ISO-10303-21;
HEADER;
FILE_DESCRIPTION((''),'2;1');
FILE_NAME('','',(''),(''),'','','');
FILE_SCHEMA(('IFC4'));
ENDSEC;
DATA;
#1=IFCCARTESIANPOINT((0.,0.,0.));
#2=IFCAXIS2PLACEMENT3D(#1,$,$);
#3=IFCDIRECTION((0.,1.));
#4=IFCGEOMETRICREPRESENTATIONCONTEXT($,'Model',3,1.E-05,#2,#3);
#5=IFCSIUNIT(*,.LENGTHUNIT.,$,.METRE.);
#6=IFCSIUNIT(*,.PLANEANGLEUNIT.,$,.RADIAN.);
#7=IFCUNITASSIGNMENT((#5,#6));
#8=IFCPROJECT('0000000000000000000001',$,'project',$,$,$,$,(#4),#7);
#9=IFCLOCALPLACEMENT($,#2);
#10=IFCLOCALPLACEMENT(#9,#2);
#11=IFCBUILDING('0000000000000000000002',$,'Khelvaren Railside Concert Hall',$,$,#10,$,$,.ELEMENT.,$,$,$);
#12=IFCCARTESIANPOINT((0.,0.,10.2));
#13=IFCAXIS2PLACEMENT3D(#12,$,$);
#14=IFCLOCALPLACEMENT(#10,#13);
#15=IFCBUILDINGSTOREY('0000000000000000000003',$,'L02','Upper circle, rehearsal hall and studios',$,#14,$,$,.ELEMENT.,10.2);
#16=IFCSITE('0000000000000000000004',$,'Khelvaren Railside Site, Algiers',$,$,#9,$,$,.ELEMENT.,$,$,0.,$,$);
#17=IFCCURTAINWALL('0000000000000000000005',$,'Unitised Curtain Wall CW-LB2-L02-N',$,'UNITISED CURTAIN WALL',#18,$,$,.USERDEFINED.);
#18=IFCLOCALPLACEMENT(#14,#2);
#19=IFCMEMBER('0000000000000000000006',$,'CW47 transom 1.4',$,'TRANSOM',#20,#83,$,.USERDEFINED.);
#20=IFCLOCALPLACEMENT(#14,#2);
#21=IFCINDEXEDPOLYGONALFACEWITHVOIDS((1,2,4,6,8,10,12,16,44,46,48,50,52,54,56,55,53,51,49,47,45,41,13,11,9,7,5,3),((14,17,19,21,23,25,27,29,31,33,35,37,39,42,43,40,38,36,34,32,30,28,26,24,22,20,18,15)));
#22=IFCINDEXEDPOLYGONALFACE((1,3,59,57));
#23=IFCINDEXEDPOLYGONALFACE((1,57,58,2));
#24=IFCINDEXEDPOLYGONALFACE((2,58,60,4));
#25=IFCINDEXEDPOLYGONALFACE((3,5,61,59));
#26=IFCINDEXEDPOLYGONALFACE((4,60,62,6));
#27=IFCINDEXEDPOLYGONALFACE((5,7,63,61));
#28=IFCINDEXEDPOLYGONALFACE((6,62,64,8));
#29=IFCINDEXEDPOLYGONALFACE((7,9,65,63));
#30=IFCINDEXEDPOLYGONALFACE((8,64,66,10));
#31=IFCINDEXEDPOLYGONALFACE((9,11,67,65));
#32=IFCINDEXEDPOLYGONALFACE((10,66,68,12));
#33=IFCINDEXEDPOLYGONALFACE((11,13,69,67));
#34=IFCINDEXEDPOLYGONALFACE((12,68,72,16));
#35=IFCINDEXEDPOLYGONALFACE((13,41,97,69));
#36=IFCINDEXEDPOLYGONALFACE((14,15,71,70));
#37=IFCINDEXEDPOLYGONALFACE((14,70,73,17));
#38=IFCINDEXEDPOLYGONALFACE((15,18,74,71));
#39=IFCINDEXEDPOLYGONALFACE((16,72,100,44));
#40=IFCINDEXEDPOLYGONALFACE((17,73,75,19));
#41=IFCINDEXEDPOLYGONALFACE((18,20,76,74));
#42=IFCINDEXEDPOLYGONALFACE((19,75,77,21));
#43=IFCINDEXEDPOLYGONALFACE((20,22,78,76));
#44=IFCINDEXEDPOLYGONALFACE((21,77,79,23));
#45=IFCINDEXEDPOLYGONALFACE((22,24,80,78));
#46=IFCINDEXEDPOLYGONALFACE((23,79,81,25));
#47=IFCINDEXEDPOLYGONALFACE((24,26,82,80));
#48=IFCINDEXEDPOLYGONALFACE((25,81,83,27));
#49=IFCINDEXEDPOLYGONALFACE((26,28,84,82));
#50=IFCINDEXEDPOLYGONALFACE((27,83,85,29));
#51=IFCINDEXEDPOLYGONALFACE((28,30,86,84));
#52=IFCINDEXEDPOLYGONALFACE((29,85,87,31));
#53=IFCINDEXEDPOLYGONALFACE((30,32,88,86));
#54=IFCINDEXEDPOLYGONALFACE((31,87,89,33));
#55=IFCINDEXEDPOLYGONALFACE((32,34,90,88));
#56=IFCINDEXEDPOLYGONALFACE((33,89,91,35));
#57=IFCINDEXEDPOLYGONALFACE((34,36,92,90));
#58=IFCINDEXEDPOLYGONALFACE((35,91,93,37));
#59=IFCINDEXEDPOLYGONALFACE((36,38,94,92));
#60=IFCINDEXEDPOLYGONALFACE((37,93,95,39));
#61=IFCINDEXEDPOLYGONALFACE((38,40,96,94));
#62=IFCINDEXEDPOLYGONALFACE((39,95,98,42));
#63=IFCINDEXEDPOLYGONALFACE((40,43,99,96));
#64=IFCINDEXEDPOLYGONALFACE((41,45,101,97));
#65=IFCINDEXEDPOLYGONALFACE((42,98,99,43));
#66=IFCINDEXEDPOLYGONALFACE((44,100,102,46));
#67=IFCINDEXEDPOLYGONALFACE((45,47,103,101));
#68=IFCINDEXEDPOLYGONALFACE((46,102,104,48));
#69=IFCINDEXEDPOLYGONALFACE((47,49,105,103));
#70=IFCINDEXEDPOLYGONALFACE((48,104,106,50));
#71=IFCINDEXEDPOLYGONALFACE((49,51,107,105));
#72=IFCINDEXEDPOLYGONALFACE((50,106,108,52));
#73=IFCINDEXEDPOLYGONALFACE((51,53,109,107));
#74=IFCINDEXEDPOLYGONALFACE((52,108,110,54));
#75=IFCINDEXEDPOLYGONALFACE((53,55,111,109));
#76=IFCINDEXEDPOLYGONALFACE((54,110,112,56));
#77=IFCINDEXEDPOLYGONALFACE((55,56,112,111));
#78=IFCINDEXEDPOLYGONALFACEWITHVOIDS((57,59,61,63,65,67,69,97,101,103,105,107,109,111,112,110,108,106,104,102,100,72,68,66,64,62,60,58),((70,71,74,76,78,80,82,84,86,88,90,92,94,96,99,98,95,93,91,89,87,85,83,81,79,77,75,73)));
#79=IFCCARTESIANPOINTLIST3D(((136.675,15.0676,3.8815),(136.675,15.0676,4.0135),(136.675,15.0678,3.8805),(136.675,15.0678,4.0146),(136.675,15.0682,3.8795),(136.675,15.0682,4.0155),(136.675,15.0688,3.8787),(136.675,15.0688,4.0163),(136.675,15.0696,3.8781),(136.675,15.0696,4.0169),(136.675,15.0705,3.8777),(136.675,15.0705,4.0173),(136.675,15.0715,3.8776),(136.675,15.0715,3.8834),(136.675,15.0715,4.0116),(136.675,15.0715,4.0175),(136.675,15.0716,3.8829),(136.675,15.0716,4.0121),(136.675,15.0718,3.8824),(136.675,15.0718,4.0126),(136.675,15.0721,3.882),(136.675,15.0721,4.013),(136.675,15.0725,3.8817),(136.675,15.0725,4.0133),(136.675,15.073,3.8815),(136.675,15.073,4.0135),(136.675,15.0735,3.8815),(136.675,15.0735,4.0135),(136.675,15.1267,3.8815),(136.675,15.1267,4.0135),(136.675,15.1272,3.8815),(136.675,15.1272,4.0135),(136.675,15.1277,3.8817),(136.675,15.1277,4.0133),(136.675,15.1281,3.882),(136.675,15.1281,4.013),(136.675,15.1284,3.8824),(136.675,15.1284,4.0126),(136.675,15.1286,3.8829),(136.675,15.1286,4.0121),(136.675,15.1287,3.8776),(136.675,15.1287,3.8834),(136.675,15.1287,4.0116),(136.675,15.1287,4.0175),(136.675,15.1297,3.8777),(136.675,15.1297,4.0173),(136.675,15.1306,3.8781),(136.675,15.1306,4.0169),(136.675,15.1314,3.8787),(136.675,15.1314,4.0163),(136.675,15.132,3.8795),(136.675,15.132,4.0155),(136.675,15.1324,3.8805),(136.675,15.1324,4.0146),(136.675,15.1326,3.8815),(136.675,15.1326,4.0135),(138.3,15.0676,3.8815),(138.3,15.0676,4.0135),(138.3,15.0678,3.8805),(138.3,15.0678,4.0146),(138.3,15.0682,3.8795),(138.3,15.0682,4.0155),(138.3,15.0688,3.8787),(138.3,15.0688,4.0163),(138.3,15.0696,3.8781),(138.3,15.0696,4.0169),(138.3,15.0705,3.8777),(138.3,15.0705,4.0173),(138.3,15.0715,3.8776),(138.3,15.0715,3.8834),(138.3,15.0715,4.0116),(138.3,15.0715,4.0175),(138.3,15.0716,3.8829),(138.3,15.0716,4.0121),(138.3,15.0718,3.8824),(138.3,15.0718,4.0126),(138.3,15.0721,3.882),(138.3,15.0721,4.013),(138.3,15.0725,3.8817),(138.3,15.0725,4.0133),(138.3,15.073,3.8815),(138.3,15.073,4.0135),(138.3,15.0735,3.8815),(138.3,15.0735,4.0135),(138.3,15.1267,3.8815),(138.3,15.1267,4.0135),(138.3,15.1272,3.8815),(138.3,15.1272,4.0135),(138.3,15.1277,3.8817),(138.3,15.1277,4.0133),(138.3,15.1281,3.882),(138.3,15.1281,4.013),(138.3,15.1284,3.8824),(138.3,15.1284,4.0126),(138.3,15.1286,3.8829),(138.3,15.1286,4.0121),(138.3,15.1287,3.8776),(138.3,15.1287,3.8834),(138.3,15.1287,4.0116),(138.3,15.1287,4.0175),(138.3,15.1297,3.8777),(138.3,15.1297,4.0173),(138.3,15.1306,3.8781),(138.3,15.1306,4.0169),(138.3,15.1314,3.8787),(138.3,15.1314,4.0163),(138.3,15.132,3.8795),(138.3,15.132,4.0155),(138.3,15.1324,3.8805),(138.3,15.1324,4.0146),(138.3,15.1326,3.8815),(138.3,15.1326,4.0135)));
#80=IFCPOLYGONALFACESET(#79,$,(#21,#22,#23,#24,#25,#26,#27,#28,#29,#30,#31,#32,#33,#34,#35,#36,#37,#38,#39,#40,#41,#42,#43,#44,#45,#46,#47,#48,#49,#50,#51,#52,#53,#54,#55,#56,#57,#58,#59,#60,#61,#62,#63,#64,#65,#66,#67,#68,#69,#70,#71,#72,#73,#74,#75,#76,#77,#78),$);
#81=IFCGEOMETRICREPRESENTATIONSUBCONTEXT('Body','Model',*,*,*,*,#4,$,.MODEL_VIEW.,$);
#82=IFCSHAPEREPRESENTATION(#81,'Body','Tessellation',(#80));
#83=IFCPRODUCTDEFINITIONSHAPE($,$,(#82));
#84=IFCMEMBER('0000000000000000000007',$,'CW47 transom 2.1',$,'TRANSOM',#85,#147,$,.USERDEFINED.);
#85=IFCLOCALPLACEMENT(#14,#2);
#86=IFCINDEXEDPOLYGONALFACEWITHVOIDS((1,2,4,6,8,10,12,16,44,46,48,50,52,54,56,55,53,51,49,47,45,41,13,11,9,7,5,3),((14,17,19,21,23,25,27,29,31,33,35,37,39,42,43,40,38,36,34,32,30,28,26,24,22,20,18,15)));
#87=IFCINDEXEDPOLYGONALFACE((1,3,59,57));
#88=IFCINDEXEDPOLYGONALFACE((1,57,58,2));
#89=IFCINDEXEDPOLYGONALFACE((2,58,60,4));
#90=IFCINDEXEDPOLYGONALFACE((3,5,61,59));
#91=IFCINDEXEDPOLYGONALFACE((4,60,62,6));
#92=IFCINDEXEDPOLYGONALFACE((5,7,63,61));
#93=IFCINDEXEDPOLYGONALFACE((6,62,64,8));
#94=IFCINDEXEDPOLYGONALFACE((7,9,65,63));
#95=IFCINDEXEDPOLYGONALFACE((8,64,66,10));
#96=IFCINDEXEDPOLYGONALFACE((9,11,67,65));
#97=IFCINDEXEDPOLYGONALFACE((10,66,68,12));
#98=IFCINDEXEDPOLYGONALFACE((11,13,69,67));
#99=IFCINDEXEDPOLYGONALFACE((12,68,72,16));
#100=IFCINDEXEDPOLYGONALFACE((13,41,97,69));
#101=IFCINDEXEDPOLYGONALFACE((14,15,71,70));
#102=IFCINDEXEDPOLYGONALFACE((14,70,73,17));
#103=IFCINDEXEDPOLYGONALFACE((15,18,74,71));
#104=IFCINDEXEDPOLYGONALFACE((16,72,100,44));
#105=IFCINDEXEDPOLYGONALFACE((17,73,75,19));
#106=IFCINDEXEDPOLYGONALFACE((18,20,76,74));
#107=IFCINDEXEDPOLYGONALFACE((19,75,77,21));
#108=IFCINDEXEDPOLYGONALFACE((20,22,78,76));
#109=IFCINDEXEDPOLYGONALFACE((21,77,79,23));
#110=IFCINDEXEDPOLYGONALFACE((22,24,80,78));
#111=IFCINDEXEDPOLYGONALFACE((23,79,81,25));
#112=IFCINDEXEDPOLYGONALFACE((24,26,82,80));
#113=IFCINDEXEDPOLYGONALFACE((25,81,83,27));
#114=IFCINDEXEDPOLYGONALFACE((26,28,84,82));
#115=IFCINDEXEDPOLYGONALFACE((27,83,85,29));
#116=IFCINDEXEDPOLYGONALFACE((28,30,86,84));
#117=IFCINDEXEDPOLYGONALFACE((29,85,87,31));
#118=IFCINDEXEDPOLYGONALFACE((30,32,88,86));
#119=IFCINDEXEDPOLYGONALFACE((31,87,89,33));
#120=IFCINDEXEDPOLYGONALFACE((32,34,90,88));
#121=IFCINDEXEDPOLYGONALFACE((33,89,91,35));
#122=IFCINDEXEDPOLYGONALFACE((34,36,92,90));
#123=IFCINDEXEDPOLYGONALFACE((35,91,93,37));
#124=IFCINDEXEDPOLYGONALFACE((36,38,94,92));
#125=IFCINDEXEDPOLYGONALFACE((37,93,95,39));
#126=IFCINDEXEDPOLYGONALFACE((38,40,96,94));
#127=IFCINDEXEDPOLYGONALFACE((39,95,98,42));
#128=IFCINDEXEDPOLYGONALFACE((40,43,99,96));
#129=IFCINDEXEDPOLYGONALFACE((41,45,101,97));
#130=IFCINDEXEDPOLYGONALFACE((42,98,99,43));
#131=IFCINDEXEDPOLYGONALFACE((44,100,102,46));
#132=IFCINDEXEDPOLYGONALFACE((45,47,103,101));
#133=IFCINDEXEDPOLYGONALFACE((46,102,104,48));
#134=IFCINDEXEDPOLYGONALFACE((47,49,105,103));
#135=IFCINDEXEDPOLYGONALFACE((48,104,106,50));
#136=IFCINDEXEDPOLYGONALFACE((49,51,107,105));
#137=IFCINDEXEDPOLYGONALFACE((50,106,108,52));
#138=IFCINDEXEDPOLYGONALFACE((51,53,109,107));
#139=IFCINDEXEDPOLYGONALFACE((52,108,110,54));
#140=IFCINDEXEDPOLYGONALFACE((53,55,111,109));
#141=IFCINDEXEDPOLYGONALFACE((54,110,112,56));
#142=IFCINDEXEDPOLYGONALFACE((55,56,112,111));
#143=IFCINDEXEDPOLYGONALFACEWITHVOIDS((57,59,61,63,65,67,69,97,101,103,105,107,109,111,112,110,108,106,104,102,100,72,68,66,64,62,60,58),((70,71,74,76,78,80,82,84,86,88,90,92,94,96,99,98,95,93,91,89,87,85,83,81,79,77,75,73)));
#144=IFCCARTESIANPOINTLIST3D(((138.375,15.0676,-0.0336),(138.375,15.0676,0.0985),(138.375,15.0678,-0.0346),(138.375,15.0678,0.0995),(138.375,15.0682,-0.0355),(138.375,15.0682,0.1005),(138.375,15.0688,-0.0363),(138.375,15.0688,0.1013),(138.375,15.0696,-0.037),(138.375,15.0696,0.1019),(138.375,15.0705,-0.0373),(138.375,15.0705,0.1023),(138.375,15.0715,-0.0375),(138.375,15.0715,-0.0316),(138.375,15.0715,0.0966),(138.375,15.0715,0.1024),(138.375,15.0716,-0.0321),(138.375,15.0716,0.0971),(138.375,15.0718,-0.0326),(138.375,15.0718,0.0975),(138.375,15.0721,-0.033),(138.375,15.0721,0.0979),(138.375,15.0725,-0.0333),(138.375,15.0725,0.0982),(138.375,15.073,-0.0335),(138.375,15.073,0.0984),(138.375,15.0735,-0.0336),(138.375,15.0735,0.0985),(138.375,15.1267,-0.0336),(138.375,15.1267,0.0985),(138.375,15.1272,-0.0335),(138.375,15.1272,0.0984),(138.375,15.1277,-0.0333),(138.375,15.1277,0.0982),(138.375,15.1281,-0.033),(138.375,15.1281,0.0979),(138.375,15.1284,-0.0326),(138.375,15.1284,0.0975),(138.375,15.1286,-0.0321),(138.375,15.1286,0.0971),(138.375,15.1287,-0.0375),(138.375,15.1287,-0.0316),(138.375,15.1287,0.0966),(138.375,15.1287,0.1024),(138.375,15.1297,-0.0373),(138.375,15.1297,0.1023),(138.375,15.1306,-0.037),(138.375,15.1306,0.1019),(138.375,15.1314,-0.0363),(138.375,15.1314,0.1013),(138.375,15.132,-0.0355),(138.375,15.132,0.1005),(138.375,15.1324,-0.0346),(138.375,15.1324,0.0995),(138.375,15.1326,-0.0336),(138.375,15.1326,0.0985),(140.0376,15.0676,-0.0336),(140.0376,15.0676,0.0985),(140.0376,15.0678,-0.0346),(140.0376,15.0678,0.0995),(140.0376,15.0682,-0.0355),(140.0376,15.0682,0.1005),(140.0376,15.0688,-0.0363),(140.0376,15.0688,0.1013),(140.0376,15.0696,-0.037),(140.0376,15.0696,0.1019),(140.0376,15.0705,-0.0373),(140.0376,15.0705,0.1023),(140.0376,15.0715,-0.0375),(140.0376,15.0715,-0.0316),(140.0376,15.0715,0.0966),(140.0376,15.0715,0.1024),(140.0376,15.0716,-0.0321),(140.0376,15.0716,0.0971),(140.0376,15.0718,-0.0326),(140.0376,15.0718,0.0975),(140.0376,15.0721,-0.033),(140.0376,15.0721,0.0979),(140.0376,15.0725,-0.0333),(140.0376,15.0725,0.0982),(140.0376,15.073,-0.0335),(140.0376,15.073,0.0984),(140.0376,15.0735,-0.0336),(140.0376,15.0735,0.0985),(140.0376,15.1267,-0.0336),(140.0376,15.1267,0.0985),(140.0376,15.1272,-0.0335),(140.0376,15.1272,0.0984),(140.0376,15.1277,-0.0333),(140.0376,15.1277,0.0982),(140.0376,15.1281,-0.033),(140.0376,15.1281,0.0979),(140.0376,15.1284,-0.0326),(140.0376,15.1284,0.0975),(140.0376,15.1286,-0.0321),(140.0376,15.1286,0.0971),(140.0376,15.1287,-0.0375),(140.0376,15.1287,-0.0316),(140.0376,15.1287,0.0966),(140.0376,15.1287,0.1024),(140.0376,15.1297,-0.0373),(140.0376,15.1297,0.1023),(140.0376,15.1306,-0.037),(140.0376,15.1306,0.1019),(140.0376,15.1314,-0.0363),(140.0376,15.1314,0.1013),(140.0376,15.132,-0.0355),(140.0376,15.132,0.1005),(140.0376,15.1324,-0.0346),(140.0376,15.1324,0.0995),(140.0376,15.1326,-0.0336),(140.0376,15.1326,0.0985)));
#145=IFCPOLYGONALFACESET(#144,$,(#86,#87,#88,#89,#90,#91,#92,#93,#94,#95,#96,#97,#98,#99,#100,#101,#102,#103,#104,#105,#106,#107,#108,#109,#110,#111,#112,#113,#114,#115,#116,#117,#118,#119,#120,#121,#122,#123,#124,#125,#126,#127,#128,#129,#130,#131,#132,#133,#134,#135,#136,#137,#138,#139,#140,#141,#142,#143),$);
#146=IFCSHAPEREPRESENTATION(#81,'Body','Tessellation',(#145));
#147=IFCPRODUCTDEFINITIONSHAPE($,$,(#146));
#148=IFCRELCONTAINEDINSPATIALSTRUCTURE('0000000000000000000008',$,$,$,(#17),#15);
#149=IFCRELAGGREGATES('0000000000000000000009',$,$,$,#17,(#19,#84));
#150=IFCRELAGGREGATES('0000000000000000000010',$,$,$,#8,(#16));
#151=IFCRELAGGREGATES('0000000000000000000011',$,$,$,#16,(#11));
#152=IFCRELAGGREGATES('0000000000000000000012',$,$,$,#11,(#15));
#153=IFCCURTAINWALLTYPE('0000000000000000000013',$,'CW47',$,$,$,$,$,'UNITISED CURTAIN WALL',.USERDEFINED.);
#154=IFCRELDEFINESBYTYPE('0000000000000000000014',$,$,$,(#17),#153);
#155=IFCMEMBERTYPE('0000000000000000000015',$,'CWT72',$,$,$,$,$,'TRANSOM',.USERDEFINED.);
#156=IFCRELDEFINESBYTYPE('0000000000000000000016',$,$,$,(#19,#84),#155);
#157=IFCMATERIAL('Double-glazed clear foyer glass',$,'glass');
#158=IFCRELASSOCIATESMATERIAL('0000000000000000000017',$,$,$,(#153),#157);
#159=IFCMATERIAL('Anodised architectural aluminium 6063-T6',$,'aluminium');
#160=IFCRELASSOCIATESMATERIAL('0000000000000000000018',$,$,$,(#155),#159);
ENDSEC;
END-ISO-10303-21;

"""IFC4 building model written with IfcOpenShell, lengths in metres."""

from ifc_helpers import new_model, si_unit, direction, frame, origin, origin_2d, place, context, subcontext, project, spatial, hollow_rectangle, extrude, material, material_profile, profile_set, type_object, element, aggregate, save


model = new_model("IFC4")

# Units and contexts
model_context = context("Model", 3, precision=1e-05, world=origin(), true_north=direction((0.0, 1.0)))
body_context = subcontext(model_context, "Body", "Model", "MODEL_VIEW")
ifc_project = project(units=[si_unit("LENGTHUNIT", "METRE"), si_unit("PLANEANGLEUNIT", "RADIAN")], contexts=[model_context])

# Site, building, storey
site_placement = place(None, origin())
site = spatial("IfcSite", under=ifc_project, at=site_placement, Name="Khelvaren Railside Site, Algiers", CompositionType="ELEMENT", RefElevation=0.0)
building_placement = place(site_placement, origin())
building = spatial("IfcBuilding", under=site, at=building_placement, Name="Khelvaren Railside Concert Hall", CompositionType="ELEMENT")
storey_placement = place(building_placement, frame((0.0, 0.0, 10.2)))
storey = spatial("IfcBuildingStorey", under=building, at=storey_placement, Name="L02", Description="Upper circle, rehearsal hall and studios", CompositionType="ELEMENT", Elevation=10.2)

# Shared definitions
ifc_material_1 = material(Name="Double-glazed clear foyer glass", Category="glass")
curtain_wall_type = type_object("IfcCurtainWallType", Name="CW47", ElementType="UNITISED CURTAIN WALL", PredefinedType="USERDEFINED", material=ifc_material_1)
ifc_material_2 = material(Name="Anodised architectural aluminium 6063-T6", Category="aluminium")

# Curtain wall
curtain_wall_1_placement = place(storey_placement, origin())
curtain_wall_1 = element("IfcCurtainWall", 1, at=curtain_wall_1_placement, inside=storey, type_object=curtain_wall_type, Name="Unitised Curtain Wall CW-LB2-L02-N", ObjectType="UNITISED CURTAIN WALL", PredefinedType="USERDEFINED")

# Members
ifc_material_profile_1 = material_profile(ifc_material_2, hollow_rectangle(XDim=0.0649, YDim=0.1399, WallThickness=0.0039, InnerFilletRadius=0.002, OuterFilletRadius=0.0039, at=origin_2d()), Name="CWT 65x140x4")
ifc_profile_set_1 = profile_set([ifc_material_profile_1], Name="Anodised architectural aluminium 6063-T6")
member_type_1 = type_object("IfcMemberType", Name="CWT72", ElementType="TRANSOM", PredefinedType="USERDEFINED", material=ifc_profile_set_1)
member_1_placement = place(storey_placement, frame((136.675, 15.1001, 3.9475), z_axis=(1.0, 0.0, 0.0), x_axis=(0.0, 1.0, 0.0)))
member_1 = element("IfcMember", 2, at=member_1_placement, type_object=member_type_1, Name="CW47 transom 1.4", ObjectType="TRANSOM", PredefinedType="USERDEFINED", context=body_context, shape_type="SweptSolid", body=[
    extrude(hollow_rectangle(XDim=0.0649, YDim=0.1399, WallThickness=0.0039, InnerFilletRadius=0.002, OuterFilletRadius=0.0039, at=origin_2d()), origin(), (0.0, 0.0, 1.0), 1.625),
])
member_2_placement = place(storey_placement, frame((138.375, 15.1001, 0.0325), z_axis=(1.0, 0.0, 0.0), x_axis=(0.0, 1.0, 0.0)))
member_2 = element("IfcMember", 3, at=member_2_placement, type_object=member_type_1, Name="CW47 transom 2.1", ObjectType="TRANSOM", PredefinedType="USERDEFINED", context=body_context, shape_type="SweptSolid", body=[
    extrude(hollow_rectangle(XDim=0.0649, YDim=0.1399, WallThickness=0.0039, InnerFilletRadius=0.002, OuterFilletRadius=0.0039, at=origin_2d()), origin(), (0.0, 0.0, 1.0), 1.6626),
])

aggregate(curtain_wall_1, [member_1, member_2])

save(model, "model.ifc")
